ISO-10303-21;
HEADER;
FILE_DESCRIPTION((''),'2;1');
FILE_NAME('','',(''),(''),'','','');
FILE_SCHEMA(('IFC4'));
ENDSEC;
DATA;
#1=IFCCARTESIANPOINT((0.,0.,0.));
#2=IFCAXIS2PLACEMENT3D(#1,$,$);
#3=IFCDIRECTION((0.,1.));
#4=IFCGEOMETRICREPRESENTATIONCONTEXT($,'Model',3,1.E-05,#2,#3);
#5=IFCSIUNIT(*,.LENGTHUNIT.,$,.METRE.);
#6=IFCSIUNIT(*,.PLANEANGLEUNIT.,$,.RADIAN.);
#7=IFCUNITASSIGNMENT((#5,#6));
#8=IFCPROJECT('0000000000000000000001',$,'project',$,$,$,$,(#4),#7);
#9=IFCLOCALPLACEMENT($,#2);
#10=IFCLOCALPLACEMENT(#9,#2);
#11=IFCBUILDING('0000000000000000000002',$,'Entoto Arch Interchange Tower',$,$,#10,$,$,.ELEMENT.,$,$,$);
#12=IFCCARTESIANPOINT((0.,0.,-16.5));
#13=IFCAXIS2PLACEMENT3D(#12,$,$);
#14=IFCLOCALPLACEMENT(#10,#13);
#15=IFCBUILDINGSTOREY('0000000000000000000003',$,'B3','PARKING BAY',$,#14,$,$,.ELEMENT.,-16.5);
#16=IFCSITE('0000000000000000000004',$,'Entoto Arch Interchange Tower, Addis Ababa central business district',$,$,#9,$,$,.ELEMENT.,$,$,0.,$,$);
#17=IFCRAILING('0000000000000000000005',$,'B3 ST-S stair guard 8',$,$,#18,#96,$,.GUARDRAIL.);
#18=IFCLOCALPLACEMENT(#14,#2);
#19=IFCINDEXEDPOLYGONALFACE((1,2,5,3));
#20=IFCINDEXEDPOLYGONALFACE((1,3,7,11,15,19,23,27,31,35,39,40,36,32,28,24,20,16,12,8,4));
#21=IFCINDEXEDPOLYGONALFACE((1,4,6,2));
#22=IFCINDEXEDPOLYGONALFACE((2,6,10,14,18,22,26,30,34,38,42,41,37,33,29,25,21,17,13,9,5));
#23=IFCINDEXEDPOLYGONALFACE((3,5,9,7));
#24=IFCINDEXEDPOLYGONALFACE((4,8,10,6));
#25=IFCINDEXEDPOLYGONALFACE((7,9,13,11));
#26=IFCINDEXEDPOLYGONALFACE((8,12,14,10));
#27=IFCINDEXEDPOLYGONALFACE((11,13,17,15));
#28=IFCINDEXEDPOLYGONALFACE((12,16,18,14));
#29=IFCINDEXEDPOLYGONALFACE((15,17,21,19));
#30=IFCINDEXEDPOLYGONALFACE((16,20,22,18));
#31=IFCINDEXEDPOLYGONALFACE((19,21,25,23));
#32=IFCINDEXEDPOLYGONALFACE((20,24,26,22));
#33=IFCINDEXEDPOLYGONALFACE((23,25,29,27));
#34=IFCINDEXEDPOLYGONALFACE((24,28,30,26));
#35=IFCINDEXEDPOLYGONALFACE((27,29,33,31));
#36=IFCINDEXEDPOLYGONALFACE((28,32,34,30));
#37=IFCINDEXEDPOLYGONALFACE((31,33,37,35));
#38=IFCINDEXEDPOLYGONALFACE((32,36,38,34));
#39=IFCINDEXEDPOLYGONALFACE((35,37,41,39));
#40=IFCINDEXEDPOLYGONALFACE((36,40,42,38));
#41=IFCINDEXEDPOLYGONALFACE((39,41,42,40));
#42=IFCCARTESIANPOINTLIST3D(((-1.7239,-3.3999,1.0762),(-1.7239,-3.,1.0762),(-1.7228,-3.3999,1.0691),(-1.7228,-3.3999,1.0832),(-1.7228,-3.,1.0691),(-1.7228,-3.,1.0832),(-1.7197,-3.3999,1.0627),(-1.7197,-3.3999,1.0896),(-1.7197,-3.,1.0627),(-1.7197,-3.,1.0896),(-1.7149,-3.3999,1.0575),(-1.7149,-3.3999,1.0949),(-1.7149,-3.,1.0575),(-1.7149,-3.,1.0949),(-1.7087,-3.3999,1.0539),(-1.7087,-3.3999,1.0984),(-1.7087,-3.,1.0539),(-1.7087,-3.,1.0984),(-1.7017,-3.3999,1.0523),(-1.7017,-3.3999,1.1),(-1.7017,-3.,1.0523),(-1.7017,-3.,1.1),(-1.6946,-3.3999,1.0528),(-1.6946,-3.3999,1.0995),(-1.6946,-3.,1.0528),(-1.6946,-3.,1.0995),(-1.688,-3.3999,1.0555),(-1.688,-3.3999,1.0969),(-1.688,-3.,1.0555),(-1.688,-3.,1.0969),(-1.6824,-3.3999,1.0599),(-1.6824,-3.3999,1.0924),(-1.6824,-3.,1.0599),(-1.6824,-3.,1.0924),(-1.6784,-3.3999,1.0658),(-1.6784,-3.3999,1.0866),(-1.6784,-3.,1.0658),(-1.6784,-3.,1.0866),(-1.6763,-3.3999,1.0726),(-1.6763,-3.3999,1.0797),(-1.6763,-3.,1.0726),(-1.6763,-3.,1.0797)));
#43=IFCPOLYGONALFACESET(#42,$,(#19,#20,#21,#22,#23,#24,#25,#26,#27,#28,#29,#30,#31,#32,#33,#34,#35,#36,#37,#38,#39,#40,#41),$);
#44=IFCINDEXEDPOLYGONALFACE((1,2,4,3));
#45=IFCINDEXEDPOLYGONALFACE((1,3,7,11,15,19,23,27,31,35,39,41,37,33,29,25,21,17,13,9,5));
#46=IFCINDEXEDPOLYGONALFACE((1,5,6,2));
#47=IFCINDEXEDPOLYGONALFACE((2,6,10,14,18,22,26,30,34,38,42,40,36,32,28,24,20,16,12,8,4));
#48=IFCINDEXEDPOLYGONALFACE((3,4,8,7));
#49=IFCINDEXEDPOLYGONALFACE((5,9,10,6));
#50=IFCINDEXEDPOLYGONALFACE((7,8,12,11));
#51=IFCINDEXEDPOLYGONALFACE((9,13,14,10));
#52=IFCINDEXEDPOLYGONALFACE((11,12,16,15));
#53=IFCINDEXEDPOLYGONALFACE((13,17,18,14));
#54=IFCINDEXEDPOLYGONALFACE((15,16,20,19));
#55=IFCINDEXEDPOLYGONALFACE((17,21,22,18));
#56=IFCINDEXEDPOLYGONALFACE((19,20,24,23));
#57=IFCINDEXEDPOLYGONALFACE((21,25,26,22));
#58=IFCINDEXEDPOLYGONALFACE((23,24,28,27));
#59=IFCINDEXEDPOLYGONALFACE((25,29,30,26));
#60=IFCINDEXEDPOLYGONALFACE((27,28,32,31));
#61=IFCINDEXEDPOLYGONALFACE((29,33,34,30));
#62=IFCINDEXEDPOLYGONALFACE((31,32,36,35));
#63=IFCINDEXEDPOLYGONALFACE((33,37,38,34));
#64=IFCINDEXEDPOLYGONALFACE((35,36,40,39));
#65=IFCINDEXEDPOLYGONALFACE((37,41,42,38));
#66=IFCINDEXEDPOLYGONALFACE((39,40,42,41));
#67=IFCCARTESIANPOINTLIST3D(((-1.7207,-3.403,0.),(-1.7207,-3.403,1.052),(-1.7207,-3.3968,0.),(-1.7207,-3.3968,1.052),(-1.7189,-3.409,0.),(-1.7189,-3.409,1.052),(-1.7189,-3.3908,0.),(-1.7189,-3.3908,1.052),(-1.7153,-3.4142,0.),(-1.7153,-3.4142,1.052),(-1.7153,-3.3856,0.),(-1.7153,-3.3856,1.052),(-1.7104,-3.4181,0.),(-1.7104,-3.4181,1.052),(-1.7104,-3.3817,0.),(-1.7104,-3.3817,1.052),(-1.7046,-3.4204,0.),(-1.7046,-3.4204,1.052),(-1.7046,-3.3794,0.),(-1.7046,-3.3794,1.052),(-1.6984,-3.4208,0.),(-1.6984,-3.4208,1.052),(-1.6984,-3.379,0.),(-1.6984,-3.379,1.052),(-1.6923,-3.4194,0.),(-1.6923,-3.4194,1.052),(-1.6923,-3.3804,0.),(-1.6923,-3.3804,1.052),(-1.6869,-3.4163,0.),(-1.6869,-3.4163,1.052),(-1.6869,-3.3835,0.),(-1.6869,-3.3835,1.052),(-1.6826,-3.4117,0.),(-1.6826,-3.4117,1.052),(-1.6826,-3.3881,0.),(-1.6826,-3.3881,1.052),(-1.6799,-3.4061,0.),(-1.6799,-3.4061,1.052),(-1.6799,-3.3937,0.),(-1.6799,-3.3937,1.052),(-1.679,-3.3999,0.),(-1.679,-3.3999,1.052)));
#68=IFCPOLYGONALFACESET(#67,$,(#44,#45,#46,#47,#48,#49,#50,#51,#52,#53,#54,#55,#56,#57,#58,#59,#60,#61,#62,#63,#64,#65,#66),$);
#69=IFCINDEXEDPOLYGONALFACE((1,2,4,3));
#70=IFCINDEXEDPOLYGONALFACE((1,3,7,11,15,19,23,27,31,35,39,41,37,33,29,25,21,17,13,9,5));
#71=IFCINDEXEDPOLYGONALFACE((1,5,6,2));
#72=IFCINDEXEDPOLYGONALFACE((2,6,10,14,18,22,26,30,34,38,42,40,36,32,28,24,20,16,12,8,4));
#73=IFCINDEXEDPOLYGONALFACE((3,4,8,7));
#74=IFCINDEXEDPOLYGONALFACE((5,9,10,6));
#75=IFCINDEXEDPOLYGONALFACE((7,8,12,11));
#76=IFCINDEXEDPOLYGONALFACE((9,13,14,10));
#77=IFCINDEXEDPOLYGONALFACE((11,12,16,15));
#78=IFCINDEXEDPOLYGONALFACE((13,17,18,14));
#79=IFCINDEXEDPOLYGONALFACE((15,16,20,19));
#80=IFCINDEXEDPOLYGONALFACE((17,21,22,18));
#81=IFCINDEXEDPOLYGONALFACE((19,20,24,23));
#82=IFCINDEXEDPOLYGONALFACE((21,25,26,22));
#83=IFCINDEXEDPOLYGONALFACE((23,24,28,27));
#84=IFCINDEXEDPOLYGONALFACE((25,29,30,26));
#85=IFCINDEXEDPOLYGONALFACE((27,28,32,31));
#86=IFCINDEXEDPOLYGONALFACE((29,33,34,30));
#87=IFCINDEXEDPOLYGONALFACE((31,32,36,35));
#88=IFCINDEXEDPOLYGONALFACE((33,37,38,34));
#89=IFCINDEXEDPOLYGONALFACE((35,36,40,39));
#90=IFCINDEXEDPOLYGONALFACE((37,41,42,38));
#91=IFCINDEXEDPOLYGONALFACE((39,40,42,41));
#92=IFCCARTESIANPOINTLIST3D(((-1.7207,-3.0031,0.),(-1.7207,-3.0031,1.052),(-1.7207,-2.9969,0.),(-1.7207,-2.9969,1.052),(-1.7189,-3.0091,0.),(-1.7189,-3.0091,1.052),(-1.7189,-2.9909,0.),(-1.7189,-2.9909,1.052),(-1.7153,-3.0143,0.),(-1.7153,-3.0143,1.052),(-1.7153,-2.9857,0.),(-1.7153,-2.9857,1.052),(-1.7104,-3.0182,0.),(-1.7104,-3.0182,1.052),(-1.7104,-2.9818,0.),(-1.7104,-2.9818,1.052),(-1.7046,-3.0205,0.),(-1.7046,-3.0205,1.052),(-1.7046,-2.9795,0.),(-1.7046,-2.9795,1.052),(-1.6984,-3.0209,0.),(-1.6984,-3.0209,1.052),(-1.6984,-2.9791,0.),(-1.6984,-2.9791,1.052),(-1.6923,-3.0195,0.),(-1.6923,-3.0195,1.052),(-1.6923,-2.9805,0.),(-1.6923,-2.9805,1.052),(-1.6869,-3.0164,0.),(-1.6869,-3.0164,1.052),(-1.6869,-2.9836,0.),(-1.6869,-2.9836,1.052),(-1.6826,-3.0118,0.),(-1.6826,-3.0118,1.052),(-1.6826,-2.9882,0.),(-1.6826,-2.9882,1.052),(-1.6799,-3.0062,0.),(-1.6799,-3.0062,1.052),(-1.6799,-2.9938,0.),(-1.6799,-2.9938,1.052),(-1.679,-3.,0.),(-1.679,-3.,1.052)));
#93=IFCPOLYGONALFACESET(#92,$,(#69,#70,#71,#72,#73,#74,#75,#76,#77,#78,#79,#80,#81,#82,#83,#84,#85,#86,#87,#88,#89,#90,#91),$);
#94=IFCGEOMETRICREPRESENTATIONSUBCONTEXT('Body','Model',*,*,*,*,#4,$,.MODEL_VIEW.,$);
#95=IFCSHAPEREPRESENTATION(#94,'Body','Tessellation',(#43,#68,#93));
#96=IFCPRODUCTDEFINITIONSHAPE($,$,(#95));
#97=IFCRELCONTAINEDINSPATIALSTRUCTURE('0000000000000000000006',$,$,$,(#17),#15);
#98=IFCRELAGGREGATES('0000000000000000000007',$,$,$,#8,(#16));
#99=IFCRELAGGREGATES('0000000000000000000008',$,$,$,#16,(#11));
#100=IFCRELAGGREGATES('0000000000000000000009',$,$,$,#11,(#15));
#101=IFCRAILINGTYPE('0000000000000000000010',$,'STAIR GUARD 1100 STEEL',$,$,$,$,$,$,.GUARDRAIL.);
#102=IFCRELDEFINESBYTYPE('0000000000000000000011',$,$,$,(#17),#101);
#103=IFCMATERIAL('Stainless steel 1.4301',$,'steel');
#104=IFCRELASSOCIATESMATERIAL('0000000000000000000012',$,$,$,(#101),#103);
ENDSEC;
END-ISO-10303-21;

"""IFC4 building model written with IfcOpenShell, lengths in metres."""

from ifc_helpers import new_model, si_unit, direction, frame, origin, origin_2d, place, context, subcontext, project, spatial, circle, extrude, material, type_object, element, save


model = new_model("IFC4")

# Units and contexts
model_context = context("Model", 3, precision=1e-05, world=origin(), true_north=direction((0.0, 1.0)))
body_context = subcontext(model_context, "Body", "Model", "MODEL_VIEW")
ifc_project = project(units=[si_unit("LENGTHUNIT", "METRE"), si_unit("PLANEANGLEUNIT", "RADIAN")], contexts=[model_context])

# Site, building, storey
site_placement = place(None, origin())
site = spatial("IfcSite", under=ifc_project, at=site_placement, Name="Entoto Arch Interchange Tower, Addis Ababa central business district", CompositionType="ELEMENT", RefElevation=0.0)
building_placement = place(site_placement, origin())
building = spatial("IfcBuilding", under=site, at=building_placement, Name="Entoto Arch Interchange Tower", CompositionType="ELEMENT")
storey_placement = place(building_placement, frame((0.0, 0.0, -16.5)))
storey = spatial("IfcBuildingStorey", under=building, at=storey_placement, Name="B3", Description="PARKING BAY", CompositionType="ELEMENT", Elevation=-16.5)

# Railing
ifc_material_1 = material(Name="Stainless steel 1.4301", Category="steel")
railing_type = type_object("IfcRailingType", Name="STAIR GUARD 1100 STEEL", PredefinedType="GUARDRAIL", material=ifc_material_1)
for number, where, name in (
    (1, (-1.7, -3.3999, 0.0), "B3 ST-S stair guard 8"),
):
    element("IfcRailing", number, at=place(storey_placement, frame(where)), inside=storey, type_object=railing_type, Name=name, PredefinedType="GUARDRAIL", context=body_context, shape_type="SweptSolid", body=[
        extrude(circle(Radius=0.0239, at=origin_2d()), frame((0.0, 0.0, 1.0762), z_axis=(0.0, 1.0, 0.0), x_axis=(-1.0, 0.0, 0.0)), (0.0, 0.0, 1.0), 0.3999),
        extrude(circle(Radius=0.021, at=origin_2d()), origin(), (0.0, 0.0, 1.0), 1.052),
        extrude(circle(Radius=0.021, at=origin_2d()), frame((0.0, 0.3999, 0.0)), (0.0, 0.0, 1.0), 1.052),
    ])

save(model, "model.ifc")
